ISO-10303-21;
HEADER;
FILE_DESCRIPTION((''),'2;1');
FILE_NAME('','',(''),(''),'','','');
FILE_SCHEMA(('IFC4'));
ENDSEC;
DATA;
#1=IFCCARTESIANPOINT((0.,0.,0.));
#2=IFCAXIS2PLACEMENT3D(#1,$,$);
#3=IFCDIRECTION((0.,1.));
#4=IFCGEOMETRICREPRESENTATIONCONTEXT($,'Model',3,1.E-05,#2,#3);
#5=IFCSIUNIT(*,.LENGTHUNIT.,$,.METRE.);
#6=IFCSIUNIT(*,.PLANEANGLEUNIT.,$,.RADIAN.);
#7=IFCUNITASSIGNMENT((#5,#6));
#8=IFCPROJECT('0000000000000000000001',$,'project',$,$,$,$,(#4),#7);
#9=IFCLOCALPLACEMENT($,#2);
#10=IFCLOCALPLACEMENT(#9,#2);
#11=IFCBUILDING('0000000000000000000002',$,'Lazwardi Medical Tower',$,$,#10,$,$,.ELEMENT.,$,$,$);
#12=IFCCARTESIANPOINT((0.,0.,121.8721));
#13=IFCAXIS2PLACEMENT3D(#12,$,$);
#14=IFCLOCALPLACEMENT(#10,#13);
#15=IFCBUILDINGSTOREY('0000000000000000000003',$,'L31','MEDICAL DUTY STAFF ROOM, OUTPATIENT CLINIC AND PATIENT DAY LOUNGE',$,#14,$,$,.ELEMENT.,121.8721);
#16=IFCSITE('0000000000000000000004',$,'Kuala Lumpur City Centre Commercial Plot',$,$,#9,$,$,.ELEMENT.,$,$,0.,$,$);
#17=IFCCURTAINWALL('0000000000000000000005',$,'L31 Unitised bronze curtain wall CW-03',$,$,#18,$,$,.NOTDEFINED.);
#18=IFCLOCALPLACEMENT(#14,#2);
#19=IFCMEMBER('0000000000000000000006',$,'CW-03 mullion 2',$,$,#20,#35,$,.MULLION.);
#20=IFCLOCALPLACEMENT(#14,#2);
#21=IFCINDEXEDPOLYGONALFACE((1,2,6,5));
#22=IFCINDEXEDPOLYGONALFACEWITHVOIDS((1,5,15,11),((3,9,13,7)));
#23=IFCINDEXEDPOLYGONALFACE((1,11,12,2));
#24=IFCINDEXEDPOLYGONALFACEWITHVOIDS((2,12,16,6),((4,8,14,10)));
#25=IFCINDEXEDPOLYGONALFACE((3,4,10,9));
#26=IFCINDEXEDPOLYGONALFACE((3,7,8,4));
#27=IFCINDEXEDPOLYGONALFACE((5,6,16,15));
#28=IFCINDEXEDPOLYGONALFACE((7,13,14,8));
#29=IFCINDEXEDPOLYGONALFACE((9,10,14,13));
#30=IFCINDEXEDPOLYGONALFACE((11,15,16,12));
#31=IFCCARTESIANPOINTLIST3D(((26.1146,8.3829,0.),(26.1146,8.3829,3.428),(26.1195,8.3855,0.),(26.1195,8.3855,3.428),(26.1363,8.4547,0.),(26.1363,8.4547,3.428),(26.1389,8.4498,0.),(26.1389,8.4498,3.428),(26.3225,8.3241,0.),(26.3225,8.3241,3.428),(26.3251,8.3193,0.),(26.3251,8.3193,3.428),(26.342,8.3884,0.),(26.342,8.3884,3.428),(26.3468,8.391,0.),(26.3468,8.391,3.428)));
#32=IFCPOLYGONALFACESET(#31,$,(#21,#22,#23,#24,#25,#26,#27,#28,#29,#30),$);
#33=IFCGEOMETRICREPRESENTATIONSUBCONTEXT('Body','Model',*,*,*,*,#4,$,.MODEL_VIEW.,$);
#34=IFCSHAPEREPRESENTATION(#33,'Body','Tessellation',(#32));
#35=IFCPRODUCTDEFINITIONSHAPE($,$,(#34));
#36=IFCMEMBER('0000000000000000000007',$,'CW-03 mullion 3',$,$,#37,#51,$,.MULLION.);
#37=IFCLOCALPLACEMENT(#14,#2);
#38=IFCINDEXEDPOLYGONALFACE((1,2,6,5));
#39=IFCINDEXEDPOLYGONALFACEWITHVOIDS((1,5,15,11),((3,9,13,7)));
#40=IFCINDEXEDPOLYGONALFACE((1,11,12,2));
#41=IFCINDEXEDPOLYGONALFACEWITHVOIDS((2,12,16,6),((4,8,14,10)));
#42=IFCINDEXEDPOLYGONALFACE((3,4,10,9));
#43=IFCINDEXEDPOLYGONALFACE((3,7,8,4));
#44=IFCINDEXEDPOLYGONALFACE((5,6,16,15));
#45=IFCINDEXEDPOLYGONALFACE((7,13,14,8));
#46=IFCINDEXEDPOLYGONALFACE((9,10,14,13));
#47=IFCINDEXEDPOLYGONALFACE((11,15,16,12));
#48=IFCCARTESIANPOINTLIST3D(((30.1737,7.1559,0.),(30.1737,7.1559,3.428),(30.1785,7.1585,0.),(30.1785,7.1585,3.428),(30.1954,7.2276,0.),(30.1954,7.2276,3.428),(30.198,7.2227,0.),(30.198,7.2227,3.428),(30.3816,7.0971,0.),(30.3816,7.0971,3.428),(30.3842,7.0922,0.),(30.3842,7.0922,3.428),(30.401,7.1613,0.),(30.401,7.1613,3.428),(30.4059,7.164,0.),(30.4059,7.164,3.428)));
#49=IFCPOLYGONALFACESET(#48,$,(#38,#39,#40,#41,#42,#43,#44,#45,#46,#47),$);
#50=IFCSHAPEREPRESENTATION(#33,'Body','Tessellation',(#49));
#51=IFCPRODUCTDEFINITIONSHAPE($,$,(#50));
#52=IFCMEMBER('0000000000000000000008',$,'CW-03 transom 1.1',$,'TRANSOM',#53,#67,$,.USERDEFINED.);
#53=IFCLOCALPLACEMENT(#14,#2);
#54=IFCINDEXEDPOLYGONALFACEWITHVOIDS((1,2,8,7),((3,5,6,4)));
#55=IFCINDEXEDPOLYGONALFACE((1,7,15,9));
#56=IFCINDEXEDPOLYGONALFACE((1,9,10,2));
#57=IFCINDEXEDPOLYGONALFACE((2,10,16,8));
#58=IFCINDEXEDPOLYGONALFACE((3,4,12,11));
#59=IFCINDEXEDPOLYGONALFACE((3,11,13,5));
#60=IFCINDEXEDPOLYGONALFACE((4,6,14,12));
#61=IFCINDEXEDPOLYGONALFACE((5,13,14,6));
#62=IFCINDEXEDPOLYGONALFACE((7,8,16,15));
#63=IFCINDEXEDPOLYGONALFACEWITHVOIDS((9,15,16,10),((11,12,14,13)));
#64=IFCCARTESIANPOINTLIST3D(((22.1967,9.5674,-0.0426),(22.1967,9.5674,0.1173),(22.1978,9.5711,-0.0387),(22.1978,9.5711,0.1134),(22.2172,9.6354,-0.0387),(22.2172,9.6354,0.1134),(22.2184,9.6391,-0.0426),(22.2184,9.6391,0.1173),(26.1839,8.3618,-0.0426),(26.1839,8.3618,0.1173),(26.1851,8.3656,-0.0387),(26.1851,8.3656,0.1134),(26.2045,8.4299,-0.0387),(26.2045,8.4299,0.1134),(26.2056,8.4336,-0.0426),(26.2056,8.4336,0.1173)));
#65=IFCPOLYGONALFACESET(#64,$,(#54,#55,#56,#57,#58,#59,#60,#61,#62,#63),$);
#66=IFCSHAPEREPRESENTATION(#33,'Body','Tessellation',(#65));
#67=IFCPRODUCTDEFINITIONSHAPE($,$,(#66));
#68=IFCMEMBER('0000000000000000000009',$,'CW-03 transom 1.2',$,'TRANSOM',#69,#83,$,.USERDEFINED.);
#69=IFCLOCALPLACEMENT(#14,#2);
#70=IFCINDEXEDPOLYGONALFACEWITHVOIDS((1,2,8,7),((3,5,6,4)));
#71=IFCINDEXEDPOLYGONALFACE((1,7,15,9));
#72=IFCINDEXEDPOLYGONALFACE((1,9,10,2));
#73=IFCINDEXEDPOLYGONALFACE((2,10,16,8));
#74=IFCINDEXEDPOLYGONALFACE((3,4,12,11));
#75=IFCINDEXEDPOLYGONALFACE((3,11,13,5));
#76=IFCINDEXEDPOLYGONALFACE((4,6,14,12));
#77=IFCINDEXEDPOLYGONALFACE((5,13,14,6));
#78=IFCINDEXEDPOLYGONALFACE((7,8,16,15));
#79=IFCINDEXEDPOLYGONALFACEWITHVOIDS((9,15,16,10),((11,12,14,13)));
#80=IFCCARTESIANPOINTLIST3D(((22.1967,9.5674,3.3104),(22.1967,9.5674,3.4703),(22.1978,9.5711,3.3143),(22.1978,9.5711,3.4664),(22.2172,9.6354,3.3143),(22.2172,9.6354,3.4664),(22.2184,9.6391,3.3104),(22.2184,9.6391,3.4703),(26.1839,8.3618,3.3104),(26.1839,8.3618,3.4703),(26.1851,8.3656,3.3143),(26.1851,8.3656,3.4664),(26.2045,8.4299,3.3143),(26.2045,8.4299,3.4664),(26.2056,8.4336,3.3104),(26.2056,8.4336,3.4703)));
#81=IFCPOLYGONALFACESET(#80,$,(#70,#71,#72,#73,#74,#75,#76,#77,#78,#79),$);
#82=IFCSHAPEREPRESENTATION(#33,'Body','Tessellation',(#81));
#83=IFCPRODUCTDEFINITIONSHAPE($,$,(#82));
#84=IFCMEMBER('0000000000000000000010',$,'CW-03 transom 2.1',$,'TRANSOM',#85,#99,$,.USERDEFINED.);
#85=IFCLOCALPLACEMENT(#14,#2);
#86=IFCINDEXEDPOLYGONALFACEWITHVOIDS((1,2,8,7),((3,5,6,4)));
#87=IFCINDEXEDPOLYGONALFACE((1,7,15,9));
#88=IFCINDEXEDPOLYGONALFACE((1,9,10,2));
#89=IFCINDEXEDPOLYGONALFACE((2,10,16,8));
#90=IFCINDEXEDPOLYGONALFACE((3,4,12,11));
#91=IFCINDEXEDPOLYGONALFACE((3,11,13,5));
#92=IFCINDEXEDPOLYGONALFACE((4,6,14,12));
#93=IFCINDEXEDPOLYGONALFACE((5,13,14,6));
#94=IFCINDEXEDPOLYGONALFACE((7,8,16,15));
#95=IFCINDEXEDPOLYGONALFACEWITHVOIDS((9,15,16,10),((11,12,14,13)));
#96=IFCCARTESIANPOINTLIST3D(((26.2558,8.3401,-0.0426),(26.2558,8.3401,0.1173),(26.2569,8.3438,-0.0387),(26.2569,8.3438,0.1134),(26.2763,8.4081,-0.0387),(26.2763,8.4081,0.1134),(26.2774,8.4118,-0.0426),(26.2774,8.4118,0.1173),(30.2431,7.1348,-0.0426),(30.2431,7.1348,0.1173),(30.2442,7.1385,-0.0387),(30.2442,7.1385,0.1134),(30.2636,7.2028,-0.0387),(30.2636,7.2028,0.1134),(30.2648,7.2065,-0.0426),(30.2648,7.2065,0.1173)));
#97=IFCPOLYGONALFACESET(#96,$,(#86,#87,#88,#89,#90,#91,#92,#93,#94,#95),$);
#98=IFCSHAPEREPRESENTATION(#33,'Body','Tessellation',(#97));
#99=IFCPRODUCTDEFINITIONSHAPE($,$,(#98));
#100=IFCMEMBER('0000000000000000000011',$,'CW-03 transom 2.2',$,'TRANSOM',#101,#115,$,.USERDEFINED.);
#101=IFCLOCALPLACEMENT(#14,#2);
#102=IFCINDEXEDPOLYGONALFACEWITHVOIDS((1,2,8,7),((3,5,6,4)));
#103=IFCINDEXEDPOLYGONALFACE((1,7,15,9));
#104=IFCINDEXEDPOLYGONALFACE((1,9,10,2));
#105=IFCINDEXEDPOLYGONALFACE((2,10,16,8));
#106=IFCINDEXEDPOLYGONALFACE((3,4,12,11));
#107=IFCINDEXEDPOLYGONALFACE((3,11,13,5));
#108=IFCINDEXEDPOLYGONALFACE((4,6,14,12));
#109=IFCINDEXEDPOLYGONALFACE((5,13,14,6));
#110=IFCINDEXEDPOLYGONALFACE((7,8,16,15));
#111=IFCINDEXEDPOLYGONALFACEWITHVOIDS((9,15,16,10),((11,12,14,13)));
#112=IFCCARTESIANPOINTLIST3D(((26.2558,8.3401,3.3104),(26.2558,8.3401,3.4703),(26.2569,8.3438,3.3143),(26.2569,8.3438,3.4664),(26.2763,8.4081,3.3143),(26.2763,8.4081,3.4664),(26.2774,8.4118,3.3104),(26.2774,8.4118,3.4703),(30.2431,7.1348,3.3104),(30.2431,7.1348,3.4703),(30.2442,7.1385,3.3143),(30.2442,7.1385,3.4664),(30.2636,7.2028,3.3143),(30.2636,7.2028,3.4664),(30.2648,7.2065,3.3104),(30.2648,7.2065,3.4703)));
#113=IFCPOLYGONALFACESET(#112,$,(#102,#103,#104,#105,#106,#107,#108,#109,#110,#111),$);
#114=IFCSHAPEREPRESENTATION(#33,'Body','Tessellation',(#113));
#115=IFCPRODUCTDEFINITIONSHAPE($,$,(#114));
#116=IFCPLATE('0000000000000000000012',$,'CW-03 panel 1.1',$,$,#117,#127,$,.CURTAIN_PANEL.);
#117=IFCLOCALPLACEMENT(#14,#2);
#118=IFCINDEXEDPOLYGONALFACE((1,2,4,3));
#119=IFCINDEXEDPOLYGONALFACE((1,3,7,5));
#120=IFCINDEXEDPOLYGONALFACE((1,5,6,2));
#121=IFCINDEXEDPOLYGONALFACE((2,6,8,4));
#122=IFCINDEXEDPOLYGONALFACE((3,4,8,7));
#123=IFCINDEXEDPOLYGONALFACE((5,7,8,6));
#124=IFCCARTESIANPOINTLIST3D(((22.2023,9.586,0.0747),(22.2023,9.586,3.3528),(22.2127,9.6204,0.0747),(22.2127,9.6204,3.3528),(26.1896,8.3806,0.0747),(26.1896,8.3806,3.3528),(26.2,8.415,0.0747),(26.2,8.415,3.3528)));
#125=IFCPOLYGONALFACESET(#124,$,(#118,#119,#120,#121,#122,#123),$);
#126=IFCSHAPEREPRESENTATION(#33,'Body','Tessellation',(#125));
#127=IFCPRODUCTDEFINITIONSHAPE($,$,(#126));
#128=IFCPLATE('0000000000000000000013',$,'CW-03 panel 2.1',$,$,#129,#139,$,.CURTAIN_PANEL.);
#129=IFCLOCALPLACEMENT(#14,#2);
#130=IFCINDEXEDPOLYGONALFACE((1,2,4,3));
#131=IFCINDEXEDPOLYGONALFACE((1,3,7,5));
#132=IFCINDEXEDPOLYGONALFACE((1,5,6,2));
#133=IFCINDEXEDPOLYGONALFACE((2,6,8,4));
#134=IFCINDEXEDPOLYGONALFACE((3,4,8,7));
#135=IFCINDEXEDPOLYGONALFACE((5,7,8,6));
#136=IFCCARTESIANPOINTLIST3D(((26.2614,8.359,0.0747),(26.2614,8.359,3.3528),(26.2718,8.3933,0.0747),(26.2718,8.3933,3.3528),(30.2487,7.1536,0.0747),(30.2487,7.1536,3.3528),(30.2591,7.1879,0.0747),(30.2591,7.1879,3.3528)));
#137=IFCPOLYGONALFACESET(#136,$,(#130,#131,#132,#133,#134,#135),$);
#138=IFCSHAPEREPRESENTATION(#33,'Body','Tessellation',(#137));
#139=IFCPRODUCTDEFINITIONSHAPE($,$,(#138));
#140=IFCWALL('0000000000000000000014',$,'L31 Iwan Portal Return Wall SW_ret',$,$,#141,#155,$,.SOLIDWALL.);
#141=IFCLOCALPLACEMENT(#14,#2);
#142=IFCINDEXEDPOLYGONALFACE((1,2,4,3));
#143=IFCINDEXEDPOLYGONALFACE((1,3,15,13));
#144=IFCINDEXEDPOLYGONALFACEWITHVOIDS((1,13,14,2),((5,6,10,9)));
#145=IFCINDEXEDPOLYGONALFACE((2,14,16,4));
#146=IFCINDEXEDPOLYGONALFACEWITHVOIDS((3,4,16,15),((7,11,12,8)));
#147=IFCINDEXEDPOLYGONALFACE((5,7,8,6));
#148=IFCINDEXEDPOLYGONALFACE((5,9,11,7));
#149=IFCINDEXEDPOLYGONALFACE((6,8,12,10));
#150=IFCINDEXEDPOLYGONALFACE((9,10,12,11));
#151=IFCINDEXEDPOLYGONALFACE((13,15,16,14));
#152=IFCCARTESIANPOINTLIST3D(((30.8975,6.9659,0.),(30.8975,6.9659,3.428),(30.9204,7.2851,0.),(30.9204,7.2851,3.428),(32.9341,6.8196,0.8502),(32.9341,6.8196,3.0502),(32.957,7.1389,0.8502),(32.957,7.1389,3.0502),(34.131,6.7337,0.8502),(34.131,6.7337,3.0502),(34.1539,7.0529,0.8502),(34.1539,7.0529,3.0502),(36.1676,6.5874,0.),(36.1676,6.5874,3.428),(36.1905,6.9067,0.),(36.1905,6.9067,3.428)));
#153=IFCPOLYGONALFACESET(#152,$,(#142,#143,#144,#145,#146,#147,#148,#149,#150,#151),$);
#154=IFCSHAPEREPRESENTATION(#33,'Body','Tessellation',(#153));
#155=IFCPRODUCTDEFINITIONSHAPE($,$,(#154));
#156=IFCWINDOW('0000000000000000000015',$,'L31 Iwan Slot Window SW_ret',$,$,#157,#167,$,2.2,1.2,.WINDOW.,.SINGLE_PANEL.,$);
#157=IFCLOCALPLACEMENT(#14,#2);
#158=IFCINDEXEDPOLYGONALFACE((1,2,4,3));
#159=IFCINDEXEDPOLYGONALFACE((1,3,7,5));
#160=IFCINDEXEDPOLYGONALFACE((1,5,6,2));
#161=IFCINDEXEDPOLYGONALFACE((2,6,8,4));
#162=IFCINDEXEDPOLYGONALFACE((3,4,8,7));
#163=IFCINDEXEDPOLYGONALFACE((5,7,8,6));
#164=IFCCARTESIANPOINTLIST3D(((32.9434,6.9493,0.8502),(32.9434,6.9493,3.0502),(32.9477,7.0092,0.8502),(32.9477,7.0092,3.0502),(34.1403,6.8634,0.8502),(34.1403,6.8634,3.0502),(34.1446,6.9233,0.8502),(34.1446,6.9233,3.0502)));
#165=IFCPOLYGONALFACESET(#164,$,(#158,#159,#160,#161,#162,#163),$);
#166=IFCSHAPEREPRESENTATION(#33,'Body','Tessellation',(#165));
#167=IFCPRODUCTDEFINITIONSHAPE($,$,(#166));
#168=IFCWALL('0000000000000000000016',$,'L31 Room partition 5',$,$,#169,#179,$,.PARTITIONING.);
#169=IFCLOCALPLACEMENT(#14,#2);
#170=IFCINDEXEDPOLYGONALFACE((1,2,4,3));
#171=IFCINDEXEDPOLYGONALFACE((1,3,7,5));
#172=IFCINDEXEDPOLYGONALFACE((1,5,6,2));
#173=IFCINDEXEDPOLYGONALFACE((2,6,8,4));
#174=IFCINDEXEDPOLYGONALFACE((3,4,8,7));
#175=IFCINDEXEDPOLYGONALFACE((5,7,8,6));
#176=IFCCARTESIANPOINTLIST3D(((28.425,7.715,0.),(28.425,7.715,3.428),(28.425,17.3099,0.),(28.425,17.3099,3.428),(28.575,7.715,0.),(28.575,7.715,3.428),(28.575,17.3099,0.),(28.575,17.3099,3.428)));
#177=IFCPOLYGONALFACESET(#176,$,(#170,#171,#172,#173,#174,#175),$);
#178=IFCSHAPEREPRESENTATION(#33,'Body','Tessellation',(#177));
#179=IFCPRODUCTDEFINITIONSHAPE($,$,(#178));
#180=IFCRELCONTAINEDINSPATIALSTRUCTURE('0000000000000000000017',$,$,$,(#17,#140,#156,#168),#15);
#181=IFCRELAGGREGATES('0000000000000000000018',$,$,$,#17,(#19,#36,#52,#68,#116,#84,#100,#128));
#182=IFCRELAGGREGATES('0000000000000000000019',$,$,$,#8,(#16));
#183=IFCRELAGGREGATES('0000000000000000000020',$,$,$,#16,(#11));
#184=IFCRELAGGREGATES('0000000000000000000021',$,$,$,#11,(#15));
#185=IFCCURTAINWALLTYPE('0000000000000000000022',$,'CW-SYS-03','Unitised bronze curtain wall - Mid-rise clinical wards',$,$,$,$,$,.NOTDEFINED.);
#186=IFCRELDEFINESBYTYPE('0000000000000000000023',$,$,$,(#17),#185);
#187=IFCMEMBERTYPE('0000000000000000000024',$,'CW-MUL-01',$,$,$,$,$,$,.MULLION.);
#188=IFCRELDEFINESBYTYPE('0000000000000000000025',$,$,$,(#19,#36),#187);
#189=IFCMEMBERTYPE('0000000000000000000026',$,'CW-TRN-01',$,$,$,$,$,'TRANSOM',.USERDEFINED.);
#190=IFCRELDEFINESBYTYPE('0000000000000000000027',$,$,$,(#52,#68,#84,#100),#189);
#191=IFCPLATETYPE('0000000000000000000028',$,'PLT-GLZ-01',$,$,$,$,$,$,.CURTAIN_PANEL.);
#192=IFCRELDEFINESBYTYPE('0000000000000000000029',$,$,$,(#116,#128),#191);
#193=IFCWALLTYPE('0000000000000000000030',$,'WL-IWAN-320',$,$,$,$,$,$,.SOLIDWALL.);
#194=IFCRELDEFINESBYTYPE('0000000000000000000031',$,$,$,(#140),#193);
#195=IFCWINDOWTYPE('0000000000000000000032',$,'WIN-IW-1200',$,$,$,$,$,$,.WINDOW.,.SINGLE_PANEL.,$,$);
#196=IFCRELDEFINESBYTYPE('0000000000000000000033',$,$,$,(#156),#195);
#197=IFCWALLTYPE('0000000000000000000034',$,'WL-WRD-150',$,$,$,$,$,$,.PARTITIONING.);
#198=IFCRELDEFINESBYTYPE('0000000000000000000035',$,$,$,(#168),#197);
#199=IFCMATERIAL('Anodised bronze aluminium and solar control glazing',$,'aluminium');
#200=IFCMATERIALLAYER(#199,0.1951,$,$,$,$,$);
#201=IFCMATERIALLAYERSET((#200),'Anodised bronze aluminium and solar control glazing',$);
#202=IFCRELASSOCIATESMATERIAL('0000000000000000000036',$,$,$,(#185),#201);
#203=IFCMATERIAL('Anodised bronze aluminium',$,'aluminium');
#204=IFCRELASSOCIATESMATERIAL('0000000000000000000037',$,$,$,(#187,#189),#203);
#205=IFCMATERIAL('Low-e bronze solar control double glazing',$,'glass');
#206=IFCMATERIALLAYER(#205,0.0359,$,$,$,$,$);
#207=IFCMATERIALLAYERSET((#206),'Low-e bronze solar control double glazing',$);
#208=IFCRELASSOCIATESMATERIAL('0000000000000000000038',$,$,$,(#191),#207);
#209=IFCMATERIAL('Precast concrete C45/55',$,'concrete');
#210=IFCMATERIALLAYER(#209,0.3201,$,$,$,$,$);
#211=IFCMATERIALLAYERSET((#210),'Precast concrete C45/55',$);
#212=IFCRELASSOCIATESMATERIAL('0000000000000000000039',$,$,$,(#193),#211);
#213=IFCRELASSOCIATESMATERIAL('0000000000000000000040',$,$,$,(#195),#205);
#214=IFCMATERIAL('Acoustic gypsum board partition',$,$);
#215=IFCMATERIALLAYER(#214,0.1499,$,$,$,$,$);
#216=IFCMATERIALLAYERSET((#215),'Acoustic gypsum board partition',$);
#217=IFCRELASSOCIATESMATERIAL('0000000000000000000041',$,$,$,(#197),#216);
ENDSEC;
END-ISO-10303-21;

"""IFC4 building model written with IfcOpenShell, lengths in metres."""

from ifc_helpers import new_model, si_unit, direction, frame, frame_2d, origin, origin_2d, place, context, subcontext, project, spatial, rectangle, hollow_rectangle, extrude, material, layer, layer_set, material_profile, profile_set, type_object, element, fill, aggregate, save


model = new_model("IFC4")

# Units and contexts
model_context = context("Model", 3, precision=1e-05, world=origin(), true_north=direction((0.0, 1.0)))
body_context = subcontext(model_context, "Body", "Model", "MODEL_VIEW")
ifc_project = project(units=[si_unit("LENGTHUNIT", "METRE"), si_unit("PLANEANGLEUNIT", "RADIAN")], contexts=[model_context])

# Site, building, storey
site_placement = place(None, origin())
site = spatial("IfcSite", under=ifc_project, at=site_placement, Name="Kuala Lumpur City Centre Commercial Plot", CompositionType="ELEMENT", RefElevation=0.0)
building_placement = place(site_placement, origin())
building = spatial("IfcBuilding", under=site, at=building_placement, Name="Lazwardi Medical Tower", CompositionType="ELEMENT")
storey_placement = place(building_placement, frame((0.0, 0.0, 121.8721)))
storey = spatial("IfcBuildingStorey", under=building, at=storey_placement, Name="L31", Description="MEDICAL DUTY STAFF ROOM, OUTPATIENT CLINIC AND PATIENT DAY LOUNGE", CompositionType="ELEMENT", Elevation=121.8721)

# Shared definitions
ifc_material_1 = material(Name="Anodised bronze aluminium and solar control glazing", Category="aluminium")
ifc_layer_1 = layer(ifc_material_1, 0.1951)
ifc_layer_set_1 = layer_set([ifc_layer_1], Name="Anodised bronze aluminium and solar control glazing")
curtain_wall_type = type_object("IfcCurtainWallType", Name="CW-SYS-03", Description="Unitised bronze curtain wall - Mid-rise clinical wards", PredefinedType="NOTDEFINED", material=ifc_layer_set_1)
ifc_material_2 = material(Name="Anodised bronze aluminium", Category="aluminium")
ifc_material_profile_1 = material_profile(ifc_material_2, hollow_rectangle(XDim=0.075, YDim=0.22, WallThickness=0.0039, at=origin_2d()), Name="ALU-MULLION 220x75x4")
ifc_profile_set_1 = profile_set([ifc_material_profile_1], Name="Anodised bronze aluminium")
member_type_1 = type_object("IfcMemberType", Name="CW-MUL-01", PredefinedType="MULLION", material=ifc_profile_set_1)

# Curtain wall, members, plates
curtain_wall_1_placement = place(storey_placement, origin())
curtain_wall_1 = element("IfcCurtainWall", 1, at=curtain_wall_1_placement, inside=storey, type_object=curtain_wall_type, Name="L31 Unitised bronze curtain wall CW-03", PredefinedType="NOTDEFINED")
member_1_placement = place(storey_placement, frame((26.2307, 8.387, 0.0), z_axis=(0.0, 0.0, 1.0), x_axis=(0.289374, 0.957216, 0.0)))
member_1 = element("IfcMember", 2, at=member_1_placement, type_object=member_type_1, Name="CW-03 mullion 2", PredefinedType="MULLION", context=body_context, shape_type="SweptSolid", body=[
    extrude(hollow_rectangle(XDim=0.075, YDim=0.22, WallThickness=0.0039, at=origin_2d()), origin(), (0.0, 0.0, 1.0), 3.428),
])
member_2_placement = place(storey_placement, frame((30.2898, 7.1599, 0.0), z_axis=(0.0, 0.0, 1.0), x_axis=(0.289374, 0.957216, 0.0)))
member_2 = element("IfcMember", 3, at=member_2_placement, type_object=member_type_1, Name="CW-03 mullion 3", PredefinedType="MULLION", context=body_context, shape_type="SweptSolid", body=[
    extrude(hollow_rectangle(XDim=0.075, YDim=0.22, WallThickness=0.0039, at=origin_2d()), origin(), (0.0, 0.0, 1.0), 3.428),
])
ifc_material_profile_2 = material_profile(ifc_material_2, hollow_rectangle(XDim=0.075, YDim=0.1599, WallThickness=0.0039, at=origin_2d()), Name="ALU-TRANSOM 160x75x4")
ifc_profile_set_2 = profile_set([ifc_material_profile_2], Name="Anodised bronze aluminium")
member_type_2 = type_object("IfcMemberType", Name="CW-TRN-01", ElementType="TRANSOM", PredefinedType="USERDEFINED", material=ifc_profile_set_2)
member_3_placement = place(storey_placement, frame((22.2075, 9.6033, 0.0374), z_axis=(0.957205, -0.289412, 0.0), x_axis=(0.289412, 0.957205, 0.0)))
member_3 = element("IfcMember", 4, at=member_3_placement, type_object=member_type_2, Name="CW-03 transom 1.1", ObjectType="TRANSOM", PredefinedType="USERDEFINED", context=body_context, shape_type="SweptSolid", body=[
    extrude(hollow_rectangle(XDim=0.075, YDim=0.1599, WallThickness=0.0039, at=origin_2d()), origin(), (0.0, 0.0, 1.0), 4.1655),
])
member_4_placement = place(storey_placement, frame((22.2075, 9.6033, 3.3904), z_axis=(0.957205, -0.289412, 0.0), x_axis=(0.289412, 0.957205, 0.0)))
member_4 = element("IfcMember", 5, at=member_4_placement, type_object=member_type_2, Name="CW-03 transom 1.2", ObjectType="TRANSOM", PredefinedType="USERDEFINED", context=body_context, shape_type="SweptSolid", body=[
    extrude(hollow_rectangle(XDim=0.075, YDim=0.1599, WallThickness=0.0039, at=origin_2d()), origin(), (0.0, 0.0, 1.0), 4.1655),
])
member_5_placement = place(storey_placement, frame((26.2666, 8.376, 0.0374), z_axis=(0.957221, -0.289358, 0.0), x_axis=(0.289358, 0.957221, 0.0)))
member_5 = element("IfcMember", 6, at=member_5_placement, type_object=member_type_2, Name="CW-03 transom 2.1", ObjectType="TRANSOM", PredefinedType="USERDEFINED", context=body_context, shape_type="SweptSolid", body=[
    extrude(hollow_rectangle(XDim=0.075, YDim=0.1599, WallThickness=0.0039, at=origin_2d()), origin(), (0.0, 0.0, 1.0), 4.1655),
])
member_6_placement = place(storey_placement, frame((26.2666, 8.376, 3.3904), z_axis=(0.957221, -0.289358, 0.0), x_axis=(0.289358, 0.957221, 0.0)))
member_6 = element("IfcMember", 7, at=member_6_placement, type_object=member_type_2, Name="CW-03 transom 2.2", ObjectType="TRANSOM", PredefinedType="USERDEFINED", context=body_context, shape_type="SweptSolid", body=[
    extrude(hollow_rectangle(XDim=0.075, YDim=0.1599, WallThickness=0.0039, at=origin_2d()), origin(), (0.0, 0.0, 1.0), 4.1655),
])
ifc_material_3 = material(Name="Low-e bronze solar control double glazing", Category="glass")
ifc_layer_2 = layer(ifc_material_3, 0.0359)
ifc_layer_set_2 = layer_set([ifc_layer_2], Name="Low-e bronze solar control double glazing")
plate_type = type_object("IfcPlateType", Name="PLT-GLZ-01", PredefinedType="CURTAIN_PANEL", material=ifc_layer_set_2)
plate_1_placement = place(storey_placement, frame((24.2012, 9.0005, 0.0747), z_axis=(0.0, 0.0, 1.0), x_axis=(0.957216, -0.289374, 0.0)))
plate_1 = element("IfcPlate", 8, at=plate_1_placement, type_object=plate_type, Name="CW-03 panel 1.1", PredefinedType="CURTAIN_PANEL", context=body_context, shape_type="SweptSolid", body=[
    extrude(rectangle(XDim=4.1655, YDim=0.0359, at=origin_2d()), origin(), (0.0, 0.0, 1.0), 3.2781),
])
plate_2_placement = place(storey_placement, frame((28.2603, 7.7734, 0.0747), z_axis=(0.0, 0.0, 1.0), x_axis=(0.957216, -0.289374, 0.0)))
plate_2 = element("IfcPlate", 9, at=plate_2_placement, type_object=plate_type, Name="CW-03 panel 2.1", PredefinedType="CURTAIN_PANEL", context=body_context, shape_type="SweptSolid", body=[
    extrude(rectangle(XDim=4.1655, YDim=0.0359, at=origin_2d()), origin(), (0.0, 0.0, 1.0), 3.2781),
])
aggregate(curtain_wall_1, [member_1, member_2, member_3, member_4, plate_1, member_5, member_6, plate_2])

# Wall, opening, window
ifc_material_4 = material(Name="Precast concrete C45/55", Category="concrete")
ifc_layer_3 = layer(ifc_material_4, 0.3201)
ifc_layer_set_3 = layer_set([ifc_layer_3], Name="Precast concrete C45/55")
wall_type_1 = type_object("IfcWallType", Name="WL-IWAN-320", PredefinedType="SOLIDWALL", material=ifc_layer_set_3)
wall_1_placement = place(storey_placement, frame((30.9089, 7.1255, 0.0), z_axis=(0.0, 0.0, 1.0), x_axis=(0.997432, -0.071621, 0.0)))
wall_1 = element("IfcWall", 10, at=wall_1_placement, inside=storey, type_object=wall_type_1, Name="L31 Iwan Portal Return Wall SW_ret", PredefinedType="SOLIDWALL", context=body_context, shape_type="SweptSolid", body=[
    extrude(rectangle(XDim=5.2837, YDim=0.3201, at=frame_2d((2.6418, 0.0))), origin(), (0.0, 0.0, 1.0), 3.428),
])
opening_placement = place(wall_1_placement, frame((2.0417, 0.0, 0.8501)))
opening = element("IfcOpeningElement", 11, at=opening_placement, cuts=wall_1, PredefinedType="OPENING", context=body_context, shape_type="SweptSolid", body=[
    extrude(rectangle(XDim=1.2, YDim=2.2, at=frame_2d((0.6001, 1.1001))), frame((0.0, 0.1699, 0.0), z_axis=(0.0, -1.0, 0.0), x_axis=(1.0, 0.0, 0.0)), (0.0, 0.0, 1.0), 0.3401),
])
window_type = type_object("IfcWindowType", Name="WIN-IW-1200", PartitioningType="SINGLE_PANEL", PredefinedType="WINDOW", material=ifc_material_3)
window_placement = place(opening_placement, origin())
window = element("IfcWindow", 12, at=window_placement, inside=storey, type_object=window_type, Name="L31 Iwan Slot Window SW_ret", OverallHeight=2.2, OverallWidth=1.2, PartitioningType="SINGLE_PANEL", PredefinedType="WINDOW", context=body_context, shape_type="SweptSolid", body=[
    extrude(rectangle(XDim=1.2, YDim=2.2, at=frame_2d((0.6001, 1.1001))), frame((0.0, 0.03, 0.0), z_axis=(0.0, -1.0, 0.0), x_axis=(1.0, 0.0, 0.0)), (0.0, 0.0, 1.0), 0.0601),
])
fill(opening, window)

# Wall
ifc_material_5 = material(Name="Acoustic gypsum board partition")
ifc_layer_4 = layer(ifc_material_5, 0.1499)
ifc_layer_set_4 = layer_set([ifc_layer_4], Name="Acoustic gypsum board partition")
wall_type_2 = type_object("IfcWallType", Name="WL-WRD-150", PredefinedType="PARTITIONING", material=ifc_layer_set_4)
wall_2_placement = place(storey_placement, frame((28.5, 7.7151, 0.0), z_axis=(0.0, 0.0, 1.0), x_axis=(0.0, 1.0, 0.0)))
element("IfcWall", 13, at=wall_2_placement, inside=storey, type_object=wall_type_2, Name="L31 Room partition 5", PredefinedType="PARTITIONING", context=body_context, shape_type="SweptSolid", body=[
    extrude(rectangle(XDim=9.595, YDim=0.1499, at=frame_2d((4.7974, 0.0))), origin(), (0.0, 0.0, 1.0), 3.428),
])

save(model, "model.ifc")
